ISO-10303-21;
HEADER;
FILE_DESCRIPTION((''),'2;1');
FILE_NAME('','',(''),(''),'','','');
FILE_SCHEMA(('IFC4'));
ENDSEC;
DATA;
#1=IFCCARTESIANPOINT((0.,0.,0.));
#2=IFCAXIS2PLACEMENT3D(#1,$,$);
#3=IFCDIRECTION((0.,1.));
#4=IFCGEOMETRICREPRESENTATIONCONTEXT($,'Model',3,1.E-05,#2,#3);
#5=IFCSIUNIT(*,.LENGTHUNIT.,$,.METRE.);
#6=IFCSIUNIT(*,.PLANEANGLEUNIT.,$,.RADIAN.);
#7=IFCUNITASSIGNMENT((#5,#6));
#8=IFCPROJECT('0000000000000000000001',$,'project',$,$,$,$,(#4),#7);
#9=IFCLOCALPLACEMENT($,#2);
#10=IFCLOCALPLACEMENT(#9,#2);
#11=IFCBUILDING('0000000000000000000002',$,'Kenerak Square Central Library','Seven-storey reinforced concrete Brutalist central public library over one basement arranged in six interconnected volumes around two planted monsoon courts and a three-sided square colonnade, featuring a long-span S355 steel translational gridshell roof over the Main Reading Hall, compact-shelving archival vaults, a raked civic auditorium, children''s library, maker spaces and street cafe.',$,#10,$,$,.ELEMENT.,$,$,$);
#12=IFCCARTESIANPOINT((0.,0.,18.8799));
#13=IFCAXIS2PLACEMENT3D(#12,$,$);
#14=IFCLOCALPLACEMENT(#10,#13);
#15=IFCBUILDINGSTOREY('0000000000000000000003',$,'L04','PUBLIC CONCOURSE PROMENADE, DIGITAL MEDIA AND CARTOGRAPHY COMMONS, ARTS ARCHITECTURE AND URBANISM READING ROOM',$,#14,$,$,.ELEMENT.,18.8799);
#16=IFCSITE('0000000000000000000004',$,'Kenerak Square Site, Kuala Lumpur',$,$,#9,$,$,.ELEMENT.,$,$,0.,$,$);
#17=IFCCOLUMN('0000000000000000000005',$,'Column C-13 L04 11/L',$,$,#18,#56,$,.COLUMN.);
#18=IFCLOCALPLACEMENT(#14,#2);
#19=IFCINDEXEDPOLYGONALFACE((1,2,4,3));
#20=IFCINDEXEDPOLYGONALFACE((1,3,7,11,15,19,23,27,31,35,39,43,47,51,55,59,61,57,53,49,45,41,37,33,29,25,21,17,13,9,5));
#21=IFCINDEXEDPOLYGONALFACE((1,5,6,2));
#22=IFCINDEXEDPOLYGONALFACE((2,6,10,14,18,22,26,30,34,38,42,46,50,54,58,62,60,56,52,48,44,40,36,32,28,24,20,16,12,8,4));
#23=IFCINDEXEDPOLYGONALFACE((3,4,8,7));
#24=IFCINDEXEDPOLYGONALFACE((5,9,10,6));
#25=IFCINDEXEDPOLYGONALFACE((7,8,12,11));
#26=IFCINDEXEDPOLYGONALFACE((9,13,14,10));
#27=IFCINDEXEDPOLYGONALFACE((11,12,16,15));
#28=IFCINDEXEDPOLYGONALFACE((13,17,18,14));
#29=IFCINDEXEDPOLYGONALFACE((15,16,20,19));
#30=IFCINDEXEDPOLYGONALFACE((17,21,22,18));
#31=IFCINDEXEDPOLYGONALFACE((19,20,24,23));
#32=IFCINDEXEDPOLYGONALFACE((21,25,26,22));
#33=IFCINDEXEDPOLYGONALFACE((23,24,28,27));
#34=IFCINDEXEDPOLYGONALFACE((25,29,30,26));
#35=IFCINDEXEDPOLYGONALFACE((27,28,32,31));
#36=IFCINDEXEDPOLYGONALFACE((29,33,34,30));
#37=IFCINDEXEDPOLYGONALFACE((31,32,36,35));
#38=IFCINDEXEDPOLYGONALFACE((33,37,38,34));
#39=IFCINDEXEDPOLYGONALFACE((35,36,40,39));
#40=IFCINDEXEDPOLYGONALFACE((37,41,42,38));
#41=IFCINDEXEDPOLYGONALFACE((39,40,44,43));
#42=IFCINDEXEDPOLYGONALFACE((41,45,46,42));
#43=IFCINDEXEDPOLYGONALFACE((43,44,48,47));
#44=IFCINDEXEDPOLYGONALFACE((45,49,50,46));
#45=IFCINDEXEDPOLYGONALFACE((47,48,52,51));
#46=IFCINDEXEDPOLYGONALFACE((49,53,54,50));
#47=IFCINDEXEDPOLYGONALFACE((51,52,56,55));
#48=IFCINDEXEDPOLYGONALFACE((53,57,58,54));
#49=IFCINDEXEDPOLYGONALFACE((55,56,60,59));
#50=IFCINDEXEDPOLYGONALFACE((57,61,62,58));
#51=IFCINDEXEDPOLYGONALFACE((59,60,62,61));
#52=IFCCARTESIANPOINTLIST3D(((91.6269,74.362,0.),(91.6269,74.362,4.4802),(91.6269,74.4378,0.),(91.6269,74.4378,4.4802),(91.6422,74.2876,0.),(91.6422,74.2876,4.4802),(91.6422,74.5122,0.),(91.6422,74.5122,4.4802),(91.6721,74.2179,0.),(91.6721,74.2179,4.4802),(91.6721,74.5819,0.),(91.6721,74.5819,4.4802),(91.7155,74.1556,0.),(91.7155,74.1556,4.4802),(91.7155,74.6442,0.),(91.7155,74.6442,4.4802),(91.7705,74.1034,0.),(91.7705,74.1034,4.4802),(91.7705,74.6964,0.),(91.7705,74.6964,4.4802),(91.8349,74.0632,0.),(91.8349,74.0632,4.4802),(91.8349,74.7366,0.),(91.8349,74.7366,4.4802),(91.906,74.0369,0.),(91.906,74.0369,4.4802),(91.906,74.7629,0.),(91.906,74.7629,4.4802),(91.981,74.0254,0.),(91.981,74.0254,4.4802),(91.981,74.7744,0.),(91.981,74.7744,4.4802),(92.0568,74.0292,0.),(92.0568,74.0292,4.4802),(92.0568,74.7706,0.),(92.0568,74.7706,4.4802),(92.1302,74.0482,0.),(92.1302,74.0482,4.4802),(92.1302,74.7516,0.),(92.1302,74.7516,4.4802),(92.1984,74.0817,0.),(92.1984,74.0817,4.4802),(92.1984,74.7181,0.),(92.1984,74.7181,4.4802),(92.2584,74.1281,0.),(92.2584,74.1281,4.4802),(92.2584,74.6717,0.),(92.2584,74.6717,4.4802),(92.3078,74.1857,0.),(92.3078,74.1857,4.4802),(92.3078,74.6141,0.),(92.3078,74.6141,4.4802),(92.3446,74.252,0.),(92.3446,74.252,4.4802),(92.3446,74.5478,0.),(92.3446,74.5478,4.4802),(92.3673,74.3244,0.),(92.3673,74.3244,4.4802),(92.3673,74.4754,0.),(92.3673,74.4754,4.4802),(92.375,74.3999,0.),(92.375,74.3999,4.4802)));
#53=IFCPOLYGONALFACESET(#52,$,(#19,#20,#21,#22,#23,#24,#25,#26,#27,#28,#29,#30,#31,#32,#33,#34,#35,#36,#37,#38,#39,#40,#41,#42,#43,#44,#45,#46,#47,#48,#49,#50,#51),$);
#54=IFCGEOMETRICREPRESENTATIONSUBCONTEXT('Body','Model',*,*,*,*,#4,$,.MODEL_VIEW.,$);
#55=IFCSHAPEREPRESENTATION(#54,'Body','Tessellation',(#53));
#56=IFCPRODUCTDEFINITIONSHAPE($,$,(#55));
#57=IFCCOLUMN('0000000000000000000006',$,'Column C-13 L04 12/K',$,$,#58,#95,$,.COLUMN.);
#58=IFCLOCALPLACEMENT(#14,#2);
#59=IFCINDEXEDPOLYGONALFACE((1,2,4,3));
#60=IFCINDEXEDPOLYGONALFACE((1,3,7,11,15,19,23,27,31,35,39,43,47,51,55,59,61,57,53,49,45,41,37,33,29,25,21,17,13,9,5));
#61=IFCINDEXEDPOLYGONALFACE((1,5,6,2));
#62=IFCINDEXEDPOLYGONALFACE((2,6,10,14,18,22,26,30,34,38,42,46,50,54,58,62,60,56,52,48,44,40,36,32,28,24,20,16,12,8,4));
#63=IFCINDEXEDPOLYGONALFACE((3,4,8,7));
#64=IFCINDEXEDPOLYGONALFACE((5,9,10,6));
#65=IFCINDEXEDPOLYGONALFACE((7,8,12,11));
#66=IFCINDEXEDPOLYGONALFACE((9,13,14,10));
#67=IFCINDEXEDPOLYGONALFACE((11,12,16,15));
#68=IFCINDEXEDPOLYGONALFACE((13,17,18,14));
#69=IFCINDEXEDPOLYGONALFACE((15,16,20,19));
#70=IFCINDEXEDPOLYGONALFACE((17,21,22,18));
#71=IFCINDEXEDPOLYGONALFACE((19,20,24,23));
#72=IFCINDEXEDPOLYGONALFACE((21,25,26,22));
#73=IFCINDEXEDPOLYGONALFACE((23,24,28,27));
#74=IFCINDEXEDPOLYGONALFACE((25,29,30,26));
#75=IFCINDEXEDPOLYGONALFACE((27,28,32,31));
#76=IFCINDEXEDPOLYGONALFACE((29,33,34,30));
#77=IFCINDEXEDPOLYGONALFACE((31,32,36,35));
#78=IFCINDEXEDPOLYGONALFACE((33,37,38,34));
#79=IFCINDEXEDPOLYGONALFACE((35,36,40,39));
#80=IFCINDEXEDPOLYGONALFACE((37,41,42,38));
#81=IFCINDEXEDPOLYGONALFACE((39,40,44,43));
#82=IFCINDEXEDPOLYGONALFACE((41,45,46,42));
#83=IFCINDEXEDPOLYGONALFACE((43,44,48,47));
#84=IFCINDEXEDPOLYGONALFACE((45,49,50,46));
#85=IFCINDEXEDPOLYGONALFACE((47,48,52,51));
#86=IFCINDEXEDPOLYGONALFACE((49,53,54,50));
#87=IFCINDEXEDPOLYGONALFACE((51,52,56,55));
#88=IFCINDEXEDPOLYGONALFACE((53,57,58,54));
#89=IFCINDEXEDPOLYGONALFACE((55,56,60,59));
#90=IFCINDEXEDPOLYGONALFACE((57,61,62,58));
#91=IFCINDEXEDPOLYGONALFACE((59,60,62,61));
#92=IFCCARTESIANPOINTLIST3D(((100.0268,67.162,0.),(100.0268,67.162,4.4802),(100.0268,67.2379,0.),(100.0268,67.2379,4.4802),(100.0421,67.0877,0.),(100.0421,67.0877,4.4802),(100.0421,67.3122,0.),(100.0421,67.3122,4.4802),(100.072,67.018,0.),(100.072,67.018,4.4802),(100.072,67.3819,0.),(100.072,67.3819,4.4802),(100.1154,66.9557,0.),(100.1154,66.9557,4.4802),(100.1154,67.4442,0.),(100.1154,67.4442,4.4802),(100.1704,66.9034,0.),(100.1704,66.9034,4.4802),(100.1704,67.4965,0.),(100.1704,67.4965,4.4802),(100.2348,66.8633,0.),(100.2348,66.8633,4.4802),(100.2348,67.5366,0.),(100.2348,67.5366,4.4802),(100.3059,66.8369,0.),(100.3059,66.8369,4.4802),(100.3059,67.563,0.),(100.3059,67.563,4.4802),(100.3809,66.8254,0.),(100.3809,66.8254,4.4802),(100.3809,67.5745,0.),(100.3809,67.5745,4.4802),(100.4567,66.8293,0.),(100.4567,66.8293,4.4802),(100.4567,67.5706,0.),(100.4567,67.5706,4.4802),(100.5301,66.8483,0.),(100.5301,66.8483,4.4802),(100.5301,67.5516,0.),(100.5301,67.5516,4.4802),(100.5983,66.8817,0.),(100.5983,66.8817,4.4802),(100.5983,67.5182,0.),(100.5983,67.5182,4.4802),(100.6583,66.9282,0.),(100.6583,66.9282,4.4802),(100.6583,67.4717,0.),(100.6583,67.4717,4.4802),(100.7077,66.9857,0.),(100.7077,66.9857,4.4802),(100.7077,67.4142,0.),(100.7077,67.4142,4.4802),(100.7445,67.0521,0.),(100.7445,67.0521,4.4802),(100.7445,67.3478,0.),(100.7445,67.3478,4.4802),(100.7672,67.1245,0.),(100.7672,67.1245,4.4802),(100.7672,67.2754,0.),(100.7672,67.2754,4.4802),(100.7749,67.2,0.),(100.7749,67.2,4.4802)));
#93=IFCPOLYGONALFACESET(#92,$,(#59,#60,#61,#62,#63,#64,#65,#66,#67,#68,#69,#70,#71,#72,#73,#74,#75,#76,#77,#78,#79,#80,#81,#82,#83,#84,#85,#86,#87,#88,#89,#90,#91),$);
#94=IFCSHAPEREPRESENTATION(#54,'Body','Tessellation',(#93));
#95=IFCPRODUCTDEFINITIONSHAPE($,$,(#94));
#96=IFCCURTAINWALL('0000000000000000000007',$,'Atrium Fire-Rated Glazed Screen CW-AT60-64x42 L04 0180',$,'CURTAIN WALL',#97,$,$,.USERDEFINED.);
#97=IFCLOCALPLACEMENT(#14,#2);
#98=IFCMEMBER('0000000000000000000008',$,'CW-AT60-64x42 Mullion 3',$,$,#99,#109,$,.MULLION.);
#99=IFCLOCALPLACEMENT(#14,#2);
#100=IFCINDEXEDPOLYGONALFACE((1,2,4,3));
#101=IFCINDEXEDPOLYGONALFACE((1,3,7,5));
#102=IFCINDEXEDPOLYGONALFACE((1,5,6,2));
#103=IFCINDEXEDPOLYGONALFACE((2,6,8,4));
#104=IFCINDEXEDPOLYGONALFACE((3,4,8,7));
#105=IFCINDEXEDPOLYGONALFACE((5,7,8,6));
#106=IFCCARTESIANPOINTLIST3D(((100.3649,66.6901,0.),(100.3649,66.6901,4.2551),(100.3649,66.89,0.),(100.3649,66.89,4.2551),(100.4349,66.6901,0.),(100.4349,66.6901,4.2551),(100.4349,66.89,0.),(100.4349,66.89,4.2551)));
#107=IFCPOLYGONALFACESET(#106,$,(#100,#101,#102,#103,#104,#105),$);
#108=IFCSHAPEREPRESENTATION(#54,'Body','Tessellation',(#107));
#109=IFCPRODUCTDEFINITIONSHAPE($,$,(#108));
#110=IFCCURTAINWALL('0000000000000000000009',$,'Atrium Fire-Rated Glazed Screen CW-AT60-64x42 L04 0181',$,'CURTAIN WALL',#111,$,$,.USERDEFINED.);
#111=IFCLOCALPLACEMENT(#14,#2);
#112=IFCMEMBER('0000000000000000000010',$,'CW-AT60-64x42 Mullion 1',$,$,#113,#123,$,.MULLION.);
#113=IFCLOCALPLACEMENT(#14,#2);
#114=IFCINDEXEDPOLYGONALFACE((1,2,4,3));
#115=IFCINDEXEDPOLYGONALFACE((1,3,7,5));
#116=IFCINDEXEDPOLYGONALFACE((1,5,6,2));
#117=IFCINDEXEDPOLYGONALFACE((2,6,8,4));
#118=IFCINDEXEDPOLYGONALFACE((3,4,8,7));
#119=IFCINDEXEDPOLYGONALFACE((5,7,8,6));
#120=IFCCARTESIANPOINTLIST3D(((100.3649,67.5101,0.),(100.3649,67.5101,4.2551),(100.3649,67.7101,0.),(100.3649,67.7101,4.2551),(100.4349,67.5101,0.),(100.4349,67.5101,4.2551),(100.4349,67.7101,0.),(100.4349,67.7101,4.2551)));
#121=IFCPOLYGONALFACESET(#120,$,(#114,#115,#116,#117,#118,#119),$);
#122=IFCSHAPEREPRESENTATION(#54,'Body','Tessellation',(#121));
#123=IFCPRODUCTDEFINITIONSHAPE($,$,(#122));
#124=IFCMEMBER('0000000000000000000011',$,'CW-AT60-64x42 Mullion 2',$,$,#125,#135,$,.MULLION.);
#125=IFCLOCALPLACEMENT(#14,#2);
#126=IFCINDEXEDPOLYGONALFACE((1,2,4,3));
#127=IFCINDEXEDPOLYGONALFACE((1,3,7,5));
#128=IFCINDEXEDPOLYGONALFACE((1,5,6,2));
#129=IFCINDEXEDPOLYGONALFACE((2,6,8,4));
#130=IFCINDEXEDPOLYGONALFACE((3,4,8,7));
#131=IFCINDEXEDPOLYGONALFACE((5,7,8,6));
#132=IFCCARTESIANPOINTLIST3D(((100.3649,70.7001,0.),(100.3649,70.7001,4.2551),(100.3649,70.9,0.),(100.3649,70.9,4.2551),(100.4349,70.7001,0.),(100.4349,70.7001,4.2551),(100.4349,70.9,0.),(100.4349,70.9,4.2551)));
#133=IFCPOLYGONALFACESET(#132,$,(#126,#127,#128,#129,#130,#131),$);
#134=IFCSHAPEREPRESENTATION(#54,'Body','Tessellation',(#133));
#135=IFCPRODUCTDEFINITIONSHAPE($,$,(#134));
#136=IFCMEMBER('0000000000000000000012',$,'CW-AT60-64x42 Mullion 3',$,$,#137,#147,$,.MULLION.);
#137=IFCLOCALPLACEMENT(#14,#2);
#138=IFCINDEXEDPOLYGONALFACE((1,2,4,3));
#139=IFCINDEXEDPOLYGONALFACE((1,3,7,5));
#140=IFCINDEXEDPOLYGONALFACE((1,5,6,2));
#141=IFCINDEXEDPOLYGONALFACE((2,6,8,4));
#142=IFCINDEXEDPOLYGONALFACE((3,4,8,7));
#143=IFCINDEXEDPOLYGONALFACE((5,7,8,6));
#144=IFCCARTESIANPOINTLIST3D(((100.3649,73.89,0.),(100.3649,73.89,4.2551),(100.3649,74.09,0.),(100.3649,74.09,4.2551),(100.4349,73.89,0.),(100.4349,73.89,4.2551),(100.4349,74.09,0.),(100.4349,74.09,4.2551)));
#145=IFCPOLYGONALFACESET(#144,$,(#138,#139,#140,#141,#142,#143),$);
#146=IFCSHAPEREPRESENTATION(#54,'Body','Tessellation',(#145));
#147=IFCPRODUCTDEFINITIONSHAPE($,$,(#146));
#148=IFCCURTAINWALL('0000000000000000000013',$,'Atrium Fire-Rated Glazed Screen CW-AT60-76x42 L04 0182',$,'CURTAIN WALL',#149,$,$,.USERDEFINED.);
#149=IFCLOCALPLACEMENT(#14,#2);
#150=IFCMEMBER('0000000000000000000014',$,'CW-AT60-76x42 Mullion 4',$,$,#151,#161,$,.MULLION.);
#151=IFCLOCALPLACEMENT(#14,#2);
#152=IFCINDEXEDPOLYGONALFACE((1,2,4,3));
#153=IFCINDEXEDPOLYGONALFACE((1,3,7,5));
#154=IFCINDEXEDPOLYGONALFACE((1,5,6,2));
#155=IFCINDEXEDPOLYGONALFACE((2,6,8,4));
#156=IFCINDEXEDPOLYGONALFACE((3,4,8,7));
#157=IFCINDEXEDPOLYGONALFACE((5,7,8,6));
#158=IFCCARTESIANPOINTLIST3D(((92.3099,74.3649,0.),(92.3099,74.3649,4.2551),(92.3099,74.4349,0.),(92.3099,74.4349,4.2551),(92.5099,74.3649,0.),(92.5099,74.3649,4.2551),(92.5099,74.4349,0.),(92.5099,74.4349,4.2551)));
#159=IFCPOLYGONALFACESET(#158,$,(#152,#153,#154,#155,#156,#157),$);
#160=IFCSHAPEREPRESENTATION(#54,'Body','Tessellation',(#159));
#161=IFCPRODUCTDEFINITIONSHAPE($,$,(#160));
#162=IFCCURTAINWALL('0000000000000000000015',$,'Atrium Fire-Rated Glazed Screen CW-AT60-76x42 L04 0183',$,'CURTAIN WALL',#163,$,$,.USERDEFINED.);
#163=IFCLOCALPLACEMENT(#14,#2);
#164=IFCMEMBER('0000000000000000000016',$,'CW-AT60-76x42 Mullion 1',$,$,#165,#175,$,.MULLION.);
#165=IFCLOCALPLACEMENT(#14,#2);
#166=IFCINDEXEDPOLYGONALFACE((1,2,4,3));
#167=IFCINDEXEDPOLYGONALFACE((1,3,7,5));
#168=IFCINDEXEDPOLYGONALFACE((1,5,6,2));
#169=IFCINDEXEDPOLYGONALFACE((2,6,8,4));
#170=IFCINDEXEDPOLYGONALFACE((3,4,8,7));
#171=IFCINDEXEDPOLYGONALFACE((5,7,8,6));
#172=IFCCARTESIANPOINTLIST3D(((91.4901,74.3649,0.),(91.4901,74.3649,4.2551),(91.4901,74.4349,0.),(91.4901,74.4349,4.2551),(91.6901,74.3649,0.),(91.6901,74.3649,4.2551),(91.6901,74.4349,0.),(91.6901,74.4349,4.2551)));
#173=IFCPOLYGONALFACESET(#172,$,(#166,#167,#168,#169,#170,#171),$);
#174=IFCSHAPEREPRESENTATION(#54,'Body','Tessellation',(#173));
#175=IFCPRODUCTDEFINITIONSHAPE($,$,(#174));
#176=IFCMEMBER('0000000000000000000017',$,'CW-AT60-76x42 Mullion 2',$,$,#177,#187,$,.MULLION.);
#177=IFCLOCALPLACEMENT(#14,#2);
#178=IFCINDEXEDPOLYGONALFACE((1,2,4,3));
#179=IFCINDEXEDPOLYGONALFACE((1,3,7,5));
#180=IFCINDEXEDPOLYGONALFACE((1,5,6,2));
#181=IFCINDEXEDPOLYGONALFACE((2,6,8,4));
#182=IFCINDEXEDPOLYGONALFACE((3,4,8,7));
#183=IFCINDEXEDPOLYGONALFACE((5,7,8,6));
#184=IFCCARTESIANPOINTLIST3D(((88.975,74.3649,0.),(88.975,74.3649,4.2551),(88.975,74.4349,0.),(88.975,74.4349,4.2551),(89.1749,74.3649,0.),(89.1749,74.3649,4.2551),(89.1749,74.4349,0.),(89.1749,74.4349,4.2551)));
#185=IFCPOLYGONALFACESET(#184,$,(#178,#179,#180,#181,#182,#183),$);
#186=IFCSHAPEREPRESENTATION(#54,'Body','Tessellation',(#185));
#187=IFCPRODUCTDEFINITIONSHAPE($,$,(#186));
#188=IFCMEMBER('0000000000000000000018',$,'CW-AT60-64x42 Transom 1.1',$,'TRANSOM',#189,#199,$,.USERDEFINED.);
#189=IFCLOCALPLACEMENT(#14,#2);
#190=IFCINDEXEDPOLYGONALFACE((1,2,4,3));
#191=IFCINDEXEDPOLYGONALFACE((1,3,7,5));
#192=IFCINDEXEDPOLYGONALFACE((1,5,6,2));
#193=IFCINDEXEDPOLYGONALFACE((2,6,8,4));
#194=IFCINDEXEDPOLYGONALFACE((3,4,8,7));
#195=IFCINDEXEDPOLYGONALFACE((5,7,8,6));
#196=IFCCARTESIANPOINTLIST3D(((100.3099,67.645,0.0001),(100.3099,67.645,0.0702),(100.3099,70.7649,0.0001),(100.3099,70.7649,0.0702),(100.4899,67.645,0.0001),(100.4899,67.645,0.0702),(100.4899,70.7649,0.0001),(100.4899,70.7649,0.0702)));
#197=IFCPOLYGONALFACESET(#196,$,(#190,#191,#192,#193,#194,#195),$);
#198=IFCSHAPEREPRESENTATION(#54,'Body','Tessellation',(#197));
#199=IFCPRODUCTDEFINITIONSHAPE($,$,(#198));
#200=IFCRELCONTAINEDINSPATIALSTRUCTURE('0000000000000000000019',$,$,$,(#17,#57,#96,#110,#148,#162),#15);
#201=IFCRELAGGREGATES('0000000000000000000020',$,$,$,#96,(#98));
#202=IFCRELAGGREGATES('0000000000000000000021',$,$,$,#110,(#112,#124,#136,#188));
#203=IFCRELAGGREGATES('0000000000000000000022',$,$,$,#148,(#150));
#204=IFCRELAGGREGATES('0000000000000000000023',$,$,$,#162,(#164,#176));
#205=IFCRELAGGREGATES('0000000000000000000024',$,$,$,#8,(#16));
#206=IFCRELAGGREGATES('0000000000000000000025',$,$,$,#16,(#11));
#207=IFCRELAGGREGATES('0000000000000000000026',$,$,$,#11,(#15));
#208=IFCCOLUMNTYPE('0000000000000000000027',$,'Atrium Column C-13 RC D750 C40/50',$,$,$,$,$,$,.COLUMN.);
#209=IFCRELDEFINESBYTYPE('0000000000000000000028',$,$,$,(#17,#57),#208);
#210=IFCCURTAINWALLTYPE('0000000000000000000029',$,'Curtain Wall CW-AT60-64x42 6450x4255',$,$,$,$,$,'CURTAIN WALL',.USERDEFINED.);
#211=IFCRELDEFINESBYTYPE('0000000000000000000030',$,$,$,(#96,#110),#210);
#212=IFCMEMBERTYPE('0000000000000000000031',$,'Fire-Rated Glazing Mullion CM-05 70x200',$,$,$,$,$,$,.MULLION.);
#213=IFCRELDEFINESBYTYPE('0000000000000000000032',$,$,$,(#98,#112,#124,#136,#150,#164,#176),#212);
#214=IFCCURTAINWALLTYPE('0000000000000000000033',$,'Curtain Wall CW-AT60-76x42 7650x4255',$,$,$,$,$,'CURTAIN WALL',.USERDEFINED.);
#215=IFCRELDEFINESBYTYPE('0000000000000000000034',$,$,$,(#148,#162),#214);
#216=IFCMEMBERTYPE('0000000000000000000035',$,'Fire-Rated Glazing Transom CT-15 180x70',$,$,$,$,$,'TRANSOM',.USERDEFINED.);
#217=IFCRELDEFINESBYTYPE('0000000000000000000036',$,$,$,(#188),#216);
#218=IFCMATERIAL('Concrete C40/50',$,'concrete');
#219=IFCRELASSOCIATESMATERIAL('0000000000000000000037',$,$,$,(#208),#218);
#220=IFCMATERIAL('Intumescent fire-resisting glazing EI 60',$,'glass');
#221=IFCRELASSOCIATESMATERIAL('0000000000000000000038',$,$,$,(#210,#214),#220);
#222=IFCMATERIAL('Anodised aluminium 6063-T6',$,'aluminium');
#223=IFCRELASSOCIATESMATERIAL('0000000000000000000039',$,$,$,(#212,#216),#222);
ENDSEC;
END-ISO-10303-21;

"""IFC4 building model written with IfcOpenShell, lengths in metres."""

from ifc_helpers import new_model, si_unit, direction, frame, origin, origin_2d, place, context, subcontext, project, spatial, rectangle, circle, extrude, material, material_profile, profile_set, type_object, element, aggregate, save


model = new_model("IFC4")

# Units and contexts
model_context = context("Model", 3, precision=1e-05, world=origin(), true_north=direction((0.0, 1.0)))
body_context = subcontext(model_context, "Body", "Model", "MODEL_VIEW")
ifc_project = project(units=[si_unit("LENGTHUNIT", "METRE"), si_unit("PLANEANGLEUNIT", "RADIAN")], contexts=[model_context])

# Site, building, storey
site_placement = place(None, origin())
site = spatial("IfcSite", under=ifc_project, at=site_placement, Name="Kenerak Square Site, Kuala Lumpur", CompositionType="ELEMENT", RefElevation=0.0)
building_placement = place(site_placement, origin())
building = spatial("IfcBuilding", under=site, at=building_placement, Name="Kenerak Square Central Library", Description="Seven-storey reinforced concrete Brutalist central public library over one basement arranged in six interconnected volumes around two planted monsoon courts and a three-sided square colonnade, featuring a long-span S355 steel translational gridshell roof over the Main Reading Hall, compact-shelving archival vaults, a raked civic auditorium, children's library, maker spaces and street cafe.", CompositionType="ELEMENT")
storey_placement = place(building_placement, frame((0.0, 0.0, 18.8799)))
storey = spatial("IfcBuildingStorey", under=building, at=storey_placement, Name="L04", Description="PUBLIC CONCOURSE PROMENADE, DIGITAL MEDIA AND CARTOGRAPHY COMMONS, ARTS ARCHITECTURE AND URBANISM READING ROOM", CompositionType="ELEMENT", Elevation=18.8799)

# Columns
ifc_material_1 = material(Name="Concrete C40/50", Category="concrete")
ifc_material_profile_1 = material_profile(ifc_material_1, circle(Radius=0.375, at=origin_2d()), Name="RC D750")
ifc_profile_set_1 = profile_set([ifc_material_profile_1], Name="Concrete C40/50")
column_type = type_object("IfcColumnType", Name="Atrium Column C-13 RC D750 C40/50", PredefinedType="COLUMN", material=ifc_profile_set_1)
for number, where, z_axis, x_axis, name in (
    (1, (92.0, 74.3999, 0.0), (0.0, 0.0, 1.0), (1.0, 0.0, 0.0), "Column C-13 L04 11/L"),
    (2, (100.3999, 67.2, 0.0), (0.0, 0.0, 1.0), (1.0, 0.0, 0.0), "Column C-13 L04 12/K"),
):
    element("IfcColumn", number, at=place(storey_placement, frame(where, z_axis=z_axis, x_axis=x_axis)), inside=storey, type_object=column_type, Name=name, PredefinedType="COLUMN", context=body_context, shape_type="SweptSolid", body=[
        extrude(circle(Radius=0.375, at=origin_2d()), origin(), (0.0, 0.0, 1.0), 4.4802),
    ])

# Curtain wall, member
ifc_material_2 = material(Name="Intumescent fire-resisting glazing EI 60", Category="glass")
curtain_wall_type_1 = type_object("IfcCurtainWallType", Name="Curtain Wall CW-AT60-64x42 6450x4255", ElementType="CURTAIN WALL", PredefinedType="USERDEFINED", material=ifc_material_2)
curtain_wall_1_placement = place(storey_placement, origin())
curtain_wall_1 = element("IfcCurtainWall", 3, at=curtain_wall_1_placement, inside=storey, type_object=curtain_wall_type_1, Name="Atrium Fire-Rated Glazed Screen CW-AT60-64x42 L04 0180", ObjectType="CURTAIN WALL", PredefinedType="USERDEFINED")
ifc_material_3 = material(Name="Anodised aluminium 6063-T6", Category="aluminium")
ifc_material_profile_2 = material_profile(ifc_material_3, rectangle(XDim=0.0701, YDim=0.2, at=origin_2d()), Name="AL MULLION 70x200")
ifc_profile_set_2 = profile_set([ifc_material_profile_2], Name="Anodised aluminium 6063-T6")
member_type_1 = type_object("IfcMemberType", Name="Fire-Rated Glazing Mullion CM-05 70x200", PredefinedType="MULLION", material=ifc_profile_set_2)
member_1_placement = place(storey_placement, frame((100.3999, 66.79, 0.0), z_axis=(0.0, 0.0, 1.0), x_axis=(-1.0, 0.0, 0.0)))
member_1 = element("IfcMember", 4, at=member_1_placement, type_object=member_type_1, Name="CW-AT60-64x42 Mullion 3", PredefinedType="MULLION", context=body_context, shape_type="SweptSolid", body=[
    extrude(rectangle(XDim=0.0701, YDim=0.2, at=origin_2d()), origin(), (0.0, 0.0, 1.0), 4.2551),
])
aggregate(curtain_wall_1, [member_1])

# Curtain wall, members
curtain_wall_2_placement = place(storey_placement, origin())
curtain_wall_2 = element("IfcCurtainWall", 5, at=curtain_wall_2_placement, inside=storey, type_object=curtain_wall_type_1, Name="Atrium Fire-Rated Glazed Screen CW-AT60-64x42 L04 0181", ObjectType="CURTAIN WALL", PredefinedType="USERDEFINED")
member_2_placement = place(storey_placement, frame((100.3999, 67.6101, 0.0), z_axis=(0.0, 0.0, 1.0), x_axis=(-1.0, 0.0, 0.0)))
member_2 = element("IfcMember", 6, at=member_2_placement, type_object=member_type_1, Name="CW-AT60-64x42 Mullion 1", PredefinedType="MULLION", context=body_context, shape_type="SweptSolid", body=[
    extrude(rectangle(XDim=0.0701, YDim=0.2, at=origin_2d()), origin(), (0.0, 0.0, 1.0), 4.2551),
])
member_3_placement = place(storey_placement, frame((100.3999, 70.8, 0.0), z_axis=(0.0, 0.0, 1.0), x_axis=(-1.0, 0.0, 0.0)))
member_3 = element("IfcMember", 7, at=member_3_placement, type_object=member_type_1, Name="CW-AT60-64x42 Mullion 2", PredefinedType="MULLION", context=body_context, shape_type="SweptSolid", body=[
    extrude(rectangle(XDim=0.0701, YDim=0.2, at=origin_2d()), origin(), (0.0, 0.0, 1.0), 4.2551),
])
member_4_placement = place(storey_placement, frame((100.3999, 73.99, 0.0), z_axis=(0.0, 0.0, 1.0), x_axis=(-1.0, 0.0, 0.0)))
member_4 = element("IfcMember", 8, at=member_4_placement, type_object=member_type_1, Name="CW-AT60-64x42 Mullion 3", PredefinedType="MULLION", context=body_context, shape_type="SweptSolid", body=[
    extrude(rectangle(XDim=0.0701, YDim=0.2, at=origin_2d()), origin(), (0.0, 0.0, 1.0), 4.2551),
])

# Curtain wall, member
curtain_wall_type_2 = type_object("IfcCurtainWallType", Name="Curtain Wall CW-AT60-76x42 7650x4255", ElementType="CURTAIN WALL", PredefinedType="USERDEFINED", material=ifc_material_2)
curtain_wall_3_placement = place(storey_placement, origin())
curtain_wall_3 = element("IfcCurtainWall", 9, at=curtain_wall_3_placement, inside=storey, type_object=curtain_wall_type_2, Name="Atrium Fire-Rated Glazed Screen CW-AT60-76x42 L04 0182", ObjectType="CURTAIN WALL", PredefinedType="USERDEFINED")
member_5_placement = place(storey_placement, frame((92.4099, 74.3999, 0.0), z_axis=(0.0, 0.0, 1.0), x_axis=(0.0, -1.0, 0.0)))
member_5 = element("IfcMember", 10, at=member_5_placement, type_object=member_type_1, Name="CW-AT60-76x42 Mullion 4", PredefinedType="MULLION", context=body_context, shape_type="SweptSolid", body=[
    extrude(rectangle(XDim=0.0701, YDim=0.2, at=origin_2d()), origin(), (0.0, 0.0, 1.0), 4.2551),
])

# Curtain wall, members
curtain_wall_4_placement = place(storey_placement, origin())
curtain_wall_4 = element("IfcCurtainWall", 11, at=curtain_wall_4_placement, inside=storey, type_object=curtain_wall_type_2, Name="Atrium Fire-Rated Glazed Screen CW-AT60-76x42 L04 0183", ObjectType="CURTAIN WALL", PredefinedType="USERDEFINED")
member_6_placement = place(storey_placement, frame((91.5901, 74.3999, 0.0), z_axis=(0.0, 0.0, 1.0), x_axis=(0.0, -1.0, 0.0)))
member_6 = element("IfcMember", 12, at=member_6_placement, type_object=member_type_1, Name="CW-AT60-76x42 Mullion 1", PredefinedType="MULLION", context=body_context, shape_type="SweptSolid", body=[
    extrude(rectangle(XDim=0.0701, YDim=0.2, at=origin_2d()), origin(), (0.0, 0.0, 1.0), 4.2551),
])
member_7_placement = place(storey_placement, frame((89.075, 74.3999, 0.0), z_axis=(0.0, 0.0, 1.0), x_axis=(0.0, -1.0, 0.0)))
member_7 = element("IfcMember", 13, at=member_7_placement, type_object=member_type_1, Name="CW-AT60-76x42 Mullion 2", PredefinedType="MULLION", context=body_context, shape_type="SweptSolid", body=[
    extrude(rectangle(XDim=0.0701, YDim=0.2, at=origin_2d()), origin(), (0.0, 0.0, 1.0), 4.2551),
])

# Member
ifc_material_profile_3 = material_profile(ifc_material_3, rectangle(XDim=0.1799, YDim=0.0701, at=origin_2d()), Name="AL TRANSOM 180x70")
ifc_profile_set_3 = profile_set([ifc_material_profile_3], Name="Anodised aluminium 6063-T6")
member_type_2 = type_object("IfcMemberType", Name="Fire-Rated Glazing Transom CT-15 180x70", ElementType="TRANSOM", PredefinedType="USERDEFINED", material=ifc_profile_set_3)
member_8_placement = place(storey_placement, frame((100.3999, 67.645, 0.0352), z_axis=(0.0, 1.0, 0.0), x_axis=(-1.0, 0.0, 0.0)))
member_8 = element("IfcMember", 14, at=member_8_placement, type_object=member_type_2, Name="CW-AT60-64x42 Transom 1.1", ObjectType="TRANSOM", PredefinedType="USERDEFINED", context=body_context, shape_type="SweptSolid", body=[
    extrude(rectangle(XDim=0.1799, YDim=0.0701, at=origin_2d()), origin(), (0.0, 0.0, 1.0), 3.1199),
])

aggregate(curtain_wall_2, [member_2, member_3, member_4, member_8])
aggregate(curtain_wall_3, [member_5])
aggregate(curtain_wall_4, [member_6, member_7])

save(model, "model.ifc")
